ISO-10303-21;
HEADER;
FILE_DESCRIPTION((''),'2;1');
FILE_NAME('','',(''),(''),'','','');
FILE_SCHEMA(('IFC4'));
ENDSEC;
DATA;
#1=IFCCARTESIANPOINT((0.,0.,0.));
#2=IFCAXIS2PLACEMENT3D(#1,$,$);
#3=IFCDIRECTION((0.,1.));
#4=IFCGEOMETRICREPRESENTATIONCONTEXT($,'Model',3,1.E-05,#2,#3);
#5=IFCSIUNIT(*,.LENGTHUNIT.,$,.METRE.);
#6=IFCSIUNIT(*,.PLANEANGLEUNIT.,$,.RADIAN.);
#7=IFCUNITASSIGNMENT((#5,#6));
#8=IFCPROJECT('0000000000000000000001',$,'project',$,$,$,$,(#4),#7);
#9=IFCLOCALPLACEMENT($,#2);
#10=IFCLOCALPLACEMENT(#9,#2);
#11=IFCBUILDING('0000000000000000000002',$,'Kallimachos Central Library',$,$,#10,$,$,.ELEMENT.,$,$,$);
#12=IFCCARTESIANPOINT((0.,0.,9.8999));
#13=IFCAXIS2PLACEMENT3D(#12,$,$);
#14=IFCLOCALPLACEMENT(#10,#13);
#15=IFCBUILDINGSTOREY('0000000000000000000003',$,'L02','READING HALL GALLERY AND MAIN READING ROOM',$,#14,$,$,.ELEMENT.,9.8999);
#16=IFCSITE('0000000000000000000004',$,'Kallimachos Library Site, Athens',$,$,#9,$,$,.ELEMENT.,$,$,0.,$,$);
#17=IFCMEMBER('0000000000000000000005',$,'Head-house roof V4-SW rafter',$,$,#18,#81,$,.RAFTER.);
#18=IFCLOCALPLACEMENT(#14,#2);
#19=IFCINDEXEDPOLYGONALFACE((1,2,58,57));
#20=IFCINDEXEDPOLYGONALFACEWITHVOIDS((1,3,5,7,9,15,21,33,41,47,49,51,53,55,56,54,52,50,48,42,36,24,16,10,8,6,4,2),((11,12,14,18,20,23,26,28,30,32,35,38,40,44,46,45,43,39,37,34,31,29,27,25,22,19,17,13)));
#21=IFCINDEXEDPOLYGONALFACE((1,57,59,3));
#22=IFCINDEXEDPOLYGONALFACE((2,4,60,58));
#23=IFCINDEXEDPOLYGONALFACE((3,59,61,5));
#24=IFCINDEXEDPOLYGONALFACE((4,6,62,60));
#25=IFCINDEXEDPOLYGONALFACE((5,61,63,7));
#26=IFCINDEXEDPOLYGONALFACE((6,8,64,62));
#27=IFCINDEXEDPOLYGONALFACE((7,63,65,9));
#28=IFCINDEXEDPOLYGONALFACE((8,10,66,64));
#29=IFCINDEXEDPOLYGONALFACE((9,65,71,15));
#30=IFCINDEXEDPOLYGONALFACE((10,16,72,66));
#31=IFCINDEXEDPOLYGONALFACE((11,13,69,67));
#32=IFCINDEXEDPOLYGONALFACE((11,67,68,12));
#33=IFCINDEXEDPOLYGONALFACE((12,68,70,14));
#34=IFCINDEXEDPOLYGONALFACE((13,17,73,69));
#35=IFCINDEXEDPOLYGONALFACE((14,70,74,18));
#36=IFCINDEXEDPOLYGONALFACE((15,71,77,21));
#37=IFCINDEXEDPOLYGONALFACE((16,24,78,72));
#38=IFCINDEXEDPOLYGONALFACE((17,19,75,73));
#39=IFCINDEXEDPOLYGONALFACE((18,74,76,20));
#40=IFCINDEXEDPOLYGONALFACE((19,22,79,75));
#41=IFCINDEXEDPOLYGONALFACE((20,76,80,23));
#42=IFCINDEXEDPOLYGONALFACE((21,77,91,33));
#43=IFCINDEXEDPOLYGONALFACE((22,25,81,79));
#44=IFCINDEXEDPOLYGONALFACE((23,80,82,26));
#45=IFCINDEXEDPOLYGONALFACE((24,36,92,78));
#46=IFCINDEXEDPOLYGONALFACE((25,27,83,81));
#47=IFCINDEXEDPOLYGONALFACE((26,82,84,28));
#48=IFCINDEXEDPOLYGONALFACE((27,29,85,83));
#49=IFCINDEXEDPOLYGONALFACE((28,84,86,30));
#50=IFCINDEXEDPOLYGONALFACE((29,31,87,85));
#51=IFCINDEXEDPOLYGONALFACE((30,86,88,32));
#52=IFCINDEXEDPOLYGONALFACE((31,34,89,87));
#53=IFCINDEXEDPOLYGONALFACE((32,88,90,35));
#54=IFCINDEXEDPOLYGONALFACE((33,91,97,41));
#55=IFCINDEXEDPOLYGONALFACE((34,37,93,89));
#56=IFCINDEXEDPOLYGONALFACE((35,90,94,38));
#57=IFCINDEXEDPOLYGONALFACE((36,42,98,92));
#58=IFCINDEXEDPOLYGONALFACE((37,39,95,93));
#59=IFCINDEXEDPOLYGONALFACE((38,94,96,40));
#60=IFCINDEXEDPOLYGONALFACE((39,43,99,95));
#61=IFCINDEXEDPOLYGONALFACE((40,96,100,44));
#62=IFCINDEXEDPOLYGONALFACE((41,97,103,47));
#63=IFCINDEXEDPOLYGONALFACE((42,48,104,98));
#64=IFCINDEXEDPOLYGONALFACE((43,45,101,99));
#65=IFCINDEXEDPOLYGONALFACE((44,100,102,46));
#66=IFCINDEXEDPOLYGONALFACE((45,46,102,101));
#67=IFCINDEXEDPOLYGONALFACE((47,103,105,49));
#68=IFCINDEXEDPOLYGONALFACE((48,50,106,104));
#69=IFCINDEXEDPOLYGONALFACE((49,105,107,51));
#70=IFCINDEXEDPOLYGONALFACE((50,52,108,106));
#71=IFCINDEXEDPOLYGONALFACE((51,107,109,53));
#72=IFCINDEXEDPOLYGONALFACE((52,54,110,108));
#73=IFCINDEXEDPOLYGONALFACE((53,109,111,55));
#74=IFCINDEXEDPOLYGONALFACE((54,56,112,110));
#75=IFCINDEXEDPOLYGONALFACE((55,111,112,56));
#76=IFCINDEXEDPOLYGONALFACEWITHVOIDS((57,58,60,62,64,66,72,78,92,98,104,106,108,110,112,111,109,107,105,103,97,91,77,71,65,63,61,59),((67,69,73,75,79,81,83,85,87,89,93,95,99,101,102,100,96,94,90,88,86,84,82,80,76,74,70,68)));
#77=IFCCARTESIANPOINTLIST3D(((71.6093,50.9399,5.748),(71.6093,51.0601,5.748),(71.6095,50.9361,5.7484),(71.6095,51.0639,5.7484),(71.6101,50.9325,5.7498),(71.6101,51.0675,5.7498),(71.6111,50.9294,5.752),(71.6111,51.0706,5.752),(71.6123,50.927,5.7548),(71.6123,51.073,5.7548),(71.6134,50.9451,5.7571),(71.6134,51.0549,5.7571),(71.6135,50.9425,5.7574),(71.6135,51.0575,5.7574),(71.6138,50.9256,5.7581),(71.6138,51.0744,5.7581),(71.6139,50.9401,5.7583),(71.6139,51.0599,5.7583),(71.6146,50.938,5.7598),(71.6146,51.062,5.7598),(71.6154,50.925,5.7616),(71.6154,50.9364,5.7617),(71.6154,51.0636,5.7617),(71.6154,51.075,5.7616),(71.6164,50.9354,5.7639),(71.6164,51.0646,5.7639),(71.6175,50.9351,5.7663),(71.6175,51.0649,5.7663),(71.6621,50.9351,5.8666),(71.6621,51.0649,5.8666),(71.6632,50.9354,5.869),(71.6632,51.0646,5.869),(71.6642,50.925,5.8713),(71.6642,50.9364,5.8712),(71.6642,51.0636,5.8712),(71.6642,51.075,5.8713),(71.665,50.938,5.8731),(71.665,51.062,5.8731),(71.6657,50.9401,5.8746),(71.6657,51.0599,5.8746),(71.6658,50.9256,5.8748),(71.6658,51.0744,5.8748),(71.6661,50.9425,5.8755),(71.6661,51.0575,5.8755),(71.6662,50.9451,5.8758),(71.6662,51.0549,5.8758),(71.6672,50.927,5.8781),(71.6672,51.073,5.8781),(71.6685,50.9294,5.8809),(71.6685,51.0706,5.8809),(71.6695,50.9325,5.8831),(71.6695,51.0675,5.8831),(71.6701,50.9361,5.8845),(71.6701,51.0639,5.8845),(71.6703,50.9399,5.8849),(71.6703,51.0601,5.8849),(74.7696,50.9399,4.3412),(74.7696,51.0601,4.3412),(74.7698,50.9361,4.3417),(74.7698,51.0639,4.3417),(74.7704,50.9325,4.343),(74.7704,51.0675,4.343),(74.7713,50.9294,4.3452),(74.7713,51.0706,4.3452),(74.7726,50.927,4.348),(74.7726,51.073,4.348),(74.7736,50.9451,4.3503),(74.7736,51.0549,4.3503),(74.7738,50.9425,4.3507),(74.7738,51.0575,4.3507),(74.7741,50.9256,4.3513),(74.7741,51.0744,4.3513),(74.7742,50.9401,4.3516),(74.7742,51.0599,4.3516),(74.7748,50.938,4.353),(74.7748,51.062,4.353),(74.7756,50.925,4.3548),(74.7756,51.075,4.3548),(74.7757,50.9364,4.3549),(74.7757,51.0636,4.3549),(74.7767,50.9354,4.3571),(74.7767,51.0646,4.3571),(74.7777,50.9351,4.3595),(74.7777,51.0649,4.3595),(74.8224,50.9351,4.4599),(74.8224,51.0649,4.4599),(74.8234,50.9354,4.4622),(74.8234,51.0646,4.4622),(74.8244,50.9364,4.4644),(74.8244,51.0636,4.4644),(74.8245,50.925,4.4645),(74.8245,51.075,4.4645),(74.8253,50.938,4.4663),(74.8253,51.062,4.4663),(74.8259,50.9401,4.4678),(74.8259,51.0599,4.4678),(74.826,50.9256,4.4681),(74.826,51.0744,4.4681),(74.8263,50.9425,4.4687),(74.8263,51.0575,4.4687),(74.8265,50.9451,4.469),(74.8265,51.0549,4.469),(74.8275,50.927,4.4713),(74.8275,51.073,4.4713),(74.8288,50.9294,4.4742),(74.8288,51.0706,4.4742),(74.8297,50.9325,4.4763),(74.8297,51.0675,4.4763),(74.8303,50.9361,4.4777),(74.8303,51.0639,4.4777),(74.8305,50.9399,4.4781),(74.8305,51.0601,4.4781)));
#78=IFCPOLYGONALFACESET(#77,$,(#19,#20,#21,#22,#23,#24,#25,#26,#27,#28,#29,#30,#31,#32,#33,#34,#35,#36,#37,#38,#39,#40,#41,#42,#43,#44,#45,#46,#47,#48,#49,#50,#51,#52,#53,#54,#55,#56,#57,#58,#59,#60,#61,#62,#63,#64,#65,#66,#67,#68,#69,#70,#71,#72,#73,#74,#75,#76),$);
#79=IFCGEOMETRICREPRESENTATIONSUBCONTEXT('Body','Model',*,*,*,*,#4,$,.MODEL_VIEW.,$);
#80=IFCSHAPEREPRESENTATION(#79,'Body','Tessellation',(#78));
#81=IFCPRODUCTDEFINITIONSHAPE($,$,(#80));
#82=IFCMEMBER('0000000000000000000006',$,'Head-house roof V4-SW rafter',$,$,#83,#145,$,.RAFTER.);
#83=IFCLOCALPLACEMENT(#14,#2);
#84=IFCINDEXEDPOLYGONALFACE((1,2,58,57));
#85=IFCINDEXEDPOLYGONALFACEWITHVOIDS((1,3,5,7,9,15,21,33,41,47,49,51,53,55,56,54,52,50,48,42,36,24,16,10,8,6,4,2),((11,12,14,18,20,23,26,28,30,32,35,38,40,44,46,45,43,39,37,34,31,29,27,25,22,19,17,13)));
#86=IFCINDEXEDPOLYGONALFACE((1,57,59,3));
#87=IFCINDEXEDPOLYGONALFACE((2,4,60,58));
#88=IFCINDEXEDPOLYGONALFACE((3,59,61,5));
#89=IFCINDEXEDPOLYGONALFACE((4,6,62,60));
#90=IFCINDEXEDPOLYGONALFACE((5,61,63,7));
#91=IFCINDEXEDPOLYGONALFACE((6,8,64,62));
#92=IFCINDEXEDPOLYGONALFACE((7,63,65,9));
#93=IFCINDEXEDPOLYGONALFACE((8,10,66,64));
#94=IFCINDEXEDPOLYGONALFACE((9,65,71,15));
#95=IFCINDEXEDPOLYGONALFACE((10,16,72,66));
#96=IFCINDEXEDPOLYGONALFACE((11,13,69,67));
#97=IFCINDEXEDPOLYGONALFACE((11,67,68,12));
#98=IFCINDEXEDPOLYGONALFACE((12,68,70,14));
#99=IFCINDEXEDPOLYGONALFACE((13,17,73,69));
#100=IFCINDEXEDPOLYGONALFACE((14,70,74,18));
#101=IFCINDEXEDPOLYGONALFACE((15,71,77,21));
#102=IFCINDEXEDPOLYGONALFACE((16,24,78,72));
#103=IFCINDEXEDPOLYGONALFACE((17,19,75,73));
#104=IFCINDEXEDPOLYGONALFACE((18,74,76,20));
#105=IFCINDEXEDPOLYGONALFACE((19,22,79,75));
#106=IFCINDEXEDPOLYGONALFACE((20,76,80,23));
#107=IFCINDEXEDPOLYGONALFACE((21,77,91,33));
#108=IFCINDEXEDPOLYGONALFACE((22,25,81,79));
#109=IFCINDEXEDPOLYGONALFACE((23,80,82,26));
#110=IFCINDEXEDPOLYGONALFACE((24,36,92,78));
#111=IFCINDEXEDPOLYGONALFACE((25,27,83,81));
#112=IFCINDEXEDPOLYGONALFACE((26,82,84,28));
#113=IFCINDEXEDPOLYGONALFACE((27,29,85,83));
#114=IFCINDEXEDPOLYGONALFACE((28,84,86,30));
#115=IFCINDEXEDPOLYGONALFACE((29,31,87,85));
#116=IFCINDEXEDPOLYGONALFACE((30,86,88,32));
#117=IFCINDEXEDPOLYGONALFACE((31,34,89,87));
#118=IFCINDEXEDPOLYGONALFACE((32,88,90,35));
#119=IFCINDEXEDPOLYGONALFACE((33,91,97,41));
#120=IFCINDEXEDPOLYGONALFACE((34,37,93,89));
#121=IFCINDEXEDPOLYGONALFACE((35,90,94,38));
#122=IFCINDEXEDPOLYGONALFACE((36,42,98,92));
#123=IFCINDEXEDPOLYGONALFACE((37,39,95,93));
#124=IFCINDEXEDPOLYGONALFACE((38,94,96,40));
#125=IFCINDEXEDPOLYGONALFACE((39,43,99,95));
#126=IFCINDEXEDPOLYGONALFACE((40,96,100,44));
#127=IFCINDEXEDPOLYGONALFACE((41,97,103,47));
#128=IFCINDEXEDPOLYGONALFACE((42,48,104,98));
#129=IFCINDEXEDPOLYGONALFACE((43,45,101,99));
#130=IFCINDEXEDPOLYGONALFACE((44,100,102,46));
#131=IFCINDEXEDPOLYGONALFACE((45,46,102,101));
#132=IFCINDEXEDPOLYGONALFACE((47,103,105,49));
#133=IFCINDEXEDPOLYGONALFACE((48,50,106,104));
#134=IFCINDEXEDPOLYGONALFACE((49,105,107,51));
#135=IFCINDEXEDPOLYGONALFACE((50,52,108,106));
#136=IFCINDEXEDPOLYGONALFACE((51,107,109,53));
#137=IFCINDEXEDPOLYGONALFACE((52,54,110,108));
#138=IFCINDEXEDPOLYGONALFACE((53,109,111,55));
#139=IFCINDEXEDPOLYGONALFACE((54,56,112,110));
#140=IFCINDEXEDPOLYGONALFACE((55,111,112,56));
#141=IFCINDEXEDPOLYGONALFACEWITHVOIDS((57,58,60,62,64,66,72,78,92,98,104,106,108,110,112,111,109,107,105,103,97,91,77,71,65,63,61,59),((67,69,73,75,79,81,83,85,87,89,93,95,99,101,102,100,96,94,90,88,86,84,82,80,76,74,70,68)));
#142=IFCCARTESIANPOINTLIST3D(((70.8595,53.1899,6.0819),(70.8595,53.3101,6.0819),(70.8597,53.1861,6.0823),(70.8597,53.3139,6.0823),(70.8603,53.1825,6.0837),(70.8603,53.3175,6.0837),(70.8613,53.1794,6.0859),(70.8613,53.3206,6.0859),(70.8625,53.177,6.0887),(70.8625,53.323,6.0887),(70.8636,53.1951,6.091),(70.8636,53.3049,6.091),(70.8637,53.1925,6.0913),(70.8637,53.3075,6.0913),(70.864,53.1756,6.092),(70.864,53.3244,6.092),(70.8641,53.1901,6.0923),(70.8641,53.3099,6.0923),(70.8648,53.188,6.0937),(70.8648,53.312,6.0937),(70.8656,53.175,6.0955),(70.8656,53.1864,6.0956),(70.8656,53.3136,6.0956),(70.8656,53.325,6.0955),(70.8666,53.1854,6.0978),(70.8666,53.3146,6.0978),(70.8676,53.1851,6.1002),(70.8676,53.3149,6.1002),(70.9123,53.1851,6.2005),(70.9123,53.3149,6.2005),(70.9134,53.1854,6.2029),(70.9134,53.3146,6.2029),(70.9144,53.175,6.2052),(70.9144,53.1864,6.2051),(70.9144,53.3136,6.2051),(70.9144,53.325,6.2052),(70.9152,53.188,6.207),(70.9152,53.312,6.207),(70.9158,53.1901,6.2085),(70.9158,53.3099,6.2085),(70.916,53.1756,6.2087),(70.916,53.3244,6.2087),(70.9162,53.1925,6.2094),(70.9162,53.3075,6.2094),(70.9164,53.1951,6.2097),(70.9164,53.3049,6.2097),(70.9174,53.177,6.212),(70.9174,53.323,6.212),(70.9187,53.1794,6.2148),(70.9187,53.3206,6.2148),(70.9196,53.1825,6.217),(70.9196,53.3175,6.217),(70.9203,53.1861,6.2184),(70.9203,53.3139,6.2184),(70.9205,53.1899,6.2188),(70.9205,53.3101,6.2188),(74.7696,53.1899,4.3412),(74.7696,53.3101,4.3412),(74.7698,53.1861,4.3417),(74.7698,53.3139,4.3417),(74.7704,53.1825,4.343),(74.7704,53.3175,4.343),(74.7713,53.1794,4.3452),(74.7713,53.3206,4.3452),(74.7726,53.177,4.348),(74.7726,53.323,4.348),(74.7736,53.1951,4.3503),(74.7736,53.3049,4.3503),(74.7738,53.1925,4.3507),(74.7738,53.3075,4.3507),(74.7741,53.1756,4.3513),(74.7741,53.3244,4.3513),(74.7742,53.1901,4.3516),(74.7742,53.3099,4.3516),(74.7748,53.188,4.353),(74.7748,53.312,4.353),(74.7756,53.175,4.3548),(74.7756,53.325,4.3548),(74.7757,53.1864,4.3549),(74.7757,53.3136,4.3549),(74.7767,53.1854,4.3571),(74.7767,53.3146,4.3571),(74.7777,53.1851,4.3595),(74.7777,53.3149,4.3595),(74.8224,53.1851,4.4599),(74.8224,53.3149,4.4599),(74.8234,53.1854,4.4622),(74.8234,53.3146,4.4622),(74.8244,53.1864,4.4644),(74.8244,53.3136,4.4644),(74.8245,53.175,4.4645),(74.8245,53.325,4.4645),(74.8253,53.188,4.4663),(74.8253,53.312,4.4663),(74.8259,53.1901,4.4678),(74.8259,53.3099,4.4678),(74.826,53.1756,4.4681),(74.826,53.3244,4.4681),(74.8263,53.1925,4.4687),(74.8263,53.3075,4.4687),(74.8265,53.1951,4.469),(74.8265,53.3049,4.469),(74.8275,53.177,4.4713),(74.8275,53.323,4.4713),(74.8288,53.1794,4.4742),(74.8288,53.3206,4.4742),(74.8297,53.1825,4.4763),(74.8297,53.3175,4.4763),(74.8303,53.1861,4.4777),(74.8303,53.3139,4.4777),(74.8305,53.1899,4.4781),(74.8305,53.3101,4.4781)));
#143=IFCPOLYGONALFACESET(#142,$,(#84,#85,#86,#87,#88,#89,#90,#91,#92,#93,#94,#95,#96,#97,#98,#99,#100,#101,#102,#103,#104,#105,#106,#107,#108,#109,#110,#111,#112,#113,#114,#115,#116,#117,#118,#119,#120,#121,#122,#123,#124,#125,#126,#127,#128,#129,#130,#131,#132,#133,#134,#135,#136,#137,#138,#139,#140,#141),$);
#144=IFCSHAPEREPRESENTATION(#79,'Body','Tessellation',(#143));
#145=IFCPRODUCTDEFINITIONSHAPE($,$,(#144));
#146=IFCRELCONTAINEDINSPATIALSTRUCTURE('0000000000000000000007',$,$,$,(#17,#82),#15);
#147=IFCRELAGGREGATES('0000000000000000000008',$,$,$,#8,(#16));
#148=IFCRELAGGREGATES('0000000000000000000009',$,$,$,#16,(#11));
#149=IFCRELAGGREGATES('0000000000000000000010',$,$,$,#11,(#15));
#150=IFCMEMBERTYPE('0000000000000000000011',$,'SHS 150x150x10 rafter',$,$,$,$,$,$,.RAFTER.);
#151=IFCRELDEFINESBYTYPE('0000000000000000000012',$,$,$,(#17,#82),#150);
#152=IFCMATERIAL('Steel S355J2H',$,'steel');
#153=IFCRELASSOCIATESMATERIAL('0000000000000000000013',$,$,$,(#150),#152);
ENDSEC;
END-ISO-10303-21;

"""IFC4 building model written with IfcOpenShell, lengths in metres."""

from ifc_helpers import new_model, si_unit, direction, frame, origin, origin_2d, place, context, subcontext, project, spatial, hollow_rectangle, extrude, material, material_profile, profile_set, type_object, element, save


model = new_model("IFC4")

# Units and contexts
model_context = context("Model", 3, precision=1e-05, world=origin(), true_north=direction((0.0, 1.0)))
body_context = subcontext(model_context, "Body", "Model", "MODEL_VIEW")
ifc_project = project(units=[si_unit("LENGTHUNIT", "METRE"), si_unit("PLANEANGLEUNIT", "RADIAN")], contexts=[model_context])

# Site, building, storey
site_placement = place(None, origin())
site = spatial("IfcSite", under=ifc_project, at=site_placement, Name="Kallimachos Library Site, Athens", CompositionType="ELEMENT", RefElevation=0.0)
building_placement = place(site_placement, origin())
building = spatial("IfcBuilding", under=site, at=building_placement, Name="Kallimachos Central Library", CompositionType="ELEMENT")
storey_placement = place(building_placement, frame((0.0, 0.0, 9.8999)))
storey = spatial("IfcBuildingStorey", under=building, at=storey_placement, Name="L02", Description="READING HALL GALLERY AND MAIN READING ROOM", CompositionType="ELEMENT", Elevation=9.8999)

# Members
ifc_material_1 = material(Name="Steel S355J2H", Category="steel")
ifc_material_profile_1 = material_profile(ifc_material_1, hollow_rectangle(XDim=0.1499, YDim=0.1499, WallThickness=0.01, InnerFilletRadius=0.01, OuterFilletRadius=0.0149, at=origin_2d()), Name="SHS 150x150x10")
ifc_profile_set_1 = profile_set([ifc_material_profile_1], Name="Steel S355J2H")
member_type_1 = type_object("IfcMemberType", Name="SHS 150x150x10 rafter", PredefinedType="RAFTER", material=ifc_profile_set_1)
member_1_placement = place(storey_placement, frame((74.8, 51.0, 4.4097), z_axis=(-0.913573, 0.0, 0.406675), x_axis=(0.0, -1.0, 0.0)))
element("IfcMember", 1, at=member_1_placement, inside=storey, type_object=member_type_1, Name="Head-house roof V4-SW rafter", PredefinedType="RAFTER", context=body_context, shape_type="SweptSolid", body=[
    extrude(hollow_rectangle(XDim=0.1499, YDim=0.1499, WallThickness=0.01, InnerFilletRadius=0.01, OuterFilletRadius=0.0149, at=origin_2d()), origin(), (0.0, 0.0, 1.0), 3.4592),
])
member_2_placement = place(storey_placement, frame((74.8, 53.25, 4.4097), z_axis=(-0.913562, 0.0, 0.406699), x_axis=(0.0, -1.0, 0.0)))
element("IfcMember", 2, at=member_2_placement, inside=storey, type_object=member_type_1, Name="Head-house roof V4-SW rafter", PredefinedType="RAFTER", context=body_context, shape_type="SweptSolid", body=[
    extrude(hollow_rectangle(XDim=0.1499, YDim=0.1499, WallThickness=0.01, InnerFilletRadius=0.01, OuterFilletRadius=0.0149, at=origin_2d()), origin(), (0.0, 0.0, 1.0), 4.28),
])

save(model, "model.ifc")
